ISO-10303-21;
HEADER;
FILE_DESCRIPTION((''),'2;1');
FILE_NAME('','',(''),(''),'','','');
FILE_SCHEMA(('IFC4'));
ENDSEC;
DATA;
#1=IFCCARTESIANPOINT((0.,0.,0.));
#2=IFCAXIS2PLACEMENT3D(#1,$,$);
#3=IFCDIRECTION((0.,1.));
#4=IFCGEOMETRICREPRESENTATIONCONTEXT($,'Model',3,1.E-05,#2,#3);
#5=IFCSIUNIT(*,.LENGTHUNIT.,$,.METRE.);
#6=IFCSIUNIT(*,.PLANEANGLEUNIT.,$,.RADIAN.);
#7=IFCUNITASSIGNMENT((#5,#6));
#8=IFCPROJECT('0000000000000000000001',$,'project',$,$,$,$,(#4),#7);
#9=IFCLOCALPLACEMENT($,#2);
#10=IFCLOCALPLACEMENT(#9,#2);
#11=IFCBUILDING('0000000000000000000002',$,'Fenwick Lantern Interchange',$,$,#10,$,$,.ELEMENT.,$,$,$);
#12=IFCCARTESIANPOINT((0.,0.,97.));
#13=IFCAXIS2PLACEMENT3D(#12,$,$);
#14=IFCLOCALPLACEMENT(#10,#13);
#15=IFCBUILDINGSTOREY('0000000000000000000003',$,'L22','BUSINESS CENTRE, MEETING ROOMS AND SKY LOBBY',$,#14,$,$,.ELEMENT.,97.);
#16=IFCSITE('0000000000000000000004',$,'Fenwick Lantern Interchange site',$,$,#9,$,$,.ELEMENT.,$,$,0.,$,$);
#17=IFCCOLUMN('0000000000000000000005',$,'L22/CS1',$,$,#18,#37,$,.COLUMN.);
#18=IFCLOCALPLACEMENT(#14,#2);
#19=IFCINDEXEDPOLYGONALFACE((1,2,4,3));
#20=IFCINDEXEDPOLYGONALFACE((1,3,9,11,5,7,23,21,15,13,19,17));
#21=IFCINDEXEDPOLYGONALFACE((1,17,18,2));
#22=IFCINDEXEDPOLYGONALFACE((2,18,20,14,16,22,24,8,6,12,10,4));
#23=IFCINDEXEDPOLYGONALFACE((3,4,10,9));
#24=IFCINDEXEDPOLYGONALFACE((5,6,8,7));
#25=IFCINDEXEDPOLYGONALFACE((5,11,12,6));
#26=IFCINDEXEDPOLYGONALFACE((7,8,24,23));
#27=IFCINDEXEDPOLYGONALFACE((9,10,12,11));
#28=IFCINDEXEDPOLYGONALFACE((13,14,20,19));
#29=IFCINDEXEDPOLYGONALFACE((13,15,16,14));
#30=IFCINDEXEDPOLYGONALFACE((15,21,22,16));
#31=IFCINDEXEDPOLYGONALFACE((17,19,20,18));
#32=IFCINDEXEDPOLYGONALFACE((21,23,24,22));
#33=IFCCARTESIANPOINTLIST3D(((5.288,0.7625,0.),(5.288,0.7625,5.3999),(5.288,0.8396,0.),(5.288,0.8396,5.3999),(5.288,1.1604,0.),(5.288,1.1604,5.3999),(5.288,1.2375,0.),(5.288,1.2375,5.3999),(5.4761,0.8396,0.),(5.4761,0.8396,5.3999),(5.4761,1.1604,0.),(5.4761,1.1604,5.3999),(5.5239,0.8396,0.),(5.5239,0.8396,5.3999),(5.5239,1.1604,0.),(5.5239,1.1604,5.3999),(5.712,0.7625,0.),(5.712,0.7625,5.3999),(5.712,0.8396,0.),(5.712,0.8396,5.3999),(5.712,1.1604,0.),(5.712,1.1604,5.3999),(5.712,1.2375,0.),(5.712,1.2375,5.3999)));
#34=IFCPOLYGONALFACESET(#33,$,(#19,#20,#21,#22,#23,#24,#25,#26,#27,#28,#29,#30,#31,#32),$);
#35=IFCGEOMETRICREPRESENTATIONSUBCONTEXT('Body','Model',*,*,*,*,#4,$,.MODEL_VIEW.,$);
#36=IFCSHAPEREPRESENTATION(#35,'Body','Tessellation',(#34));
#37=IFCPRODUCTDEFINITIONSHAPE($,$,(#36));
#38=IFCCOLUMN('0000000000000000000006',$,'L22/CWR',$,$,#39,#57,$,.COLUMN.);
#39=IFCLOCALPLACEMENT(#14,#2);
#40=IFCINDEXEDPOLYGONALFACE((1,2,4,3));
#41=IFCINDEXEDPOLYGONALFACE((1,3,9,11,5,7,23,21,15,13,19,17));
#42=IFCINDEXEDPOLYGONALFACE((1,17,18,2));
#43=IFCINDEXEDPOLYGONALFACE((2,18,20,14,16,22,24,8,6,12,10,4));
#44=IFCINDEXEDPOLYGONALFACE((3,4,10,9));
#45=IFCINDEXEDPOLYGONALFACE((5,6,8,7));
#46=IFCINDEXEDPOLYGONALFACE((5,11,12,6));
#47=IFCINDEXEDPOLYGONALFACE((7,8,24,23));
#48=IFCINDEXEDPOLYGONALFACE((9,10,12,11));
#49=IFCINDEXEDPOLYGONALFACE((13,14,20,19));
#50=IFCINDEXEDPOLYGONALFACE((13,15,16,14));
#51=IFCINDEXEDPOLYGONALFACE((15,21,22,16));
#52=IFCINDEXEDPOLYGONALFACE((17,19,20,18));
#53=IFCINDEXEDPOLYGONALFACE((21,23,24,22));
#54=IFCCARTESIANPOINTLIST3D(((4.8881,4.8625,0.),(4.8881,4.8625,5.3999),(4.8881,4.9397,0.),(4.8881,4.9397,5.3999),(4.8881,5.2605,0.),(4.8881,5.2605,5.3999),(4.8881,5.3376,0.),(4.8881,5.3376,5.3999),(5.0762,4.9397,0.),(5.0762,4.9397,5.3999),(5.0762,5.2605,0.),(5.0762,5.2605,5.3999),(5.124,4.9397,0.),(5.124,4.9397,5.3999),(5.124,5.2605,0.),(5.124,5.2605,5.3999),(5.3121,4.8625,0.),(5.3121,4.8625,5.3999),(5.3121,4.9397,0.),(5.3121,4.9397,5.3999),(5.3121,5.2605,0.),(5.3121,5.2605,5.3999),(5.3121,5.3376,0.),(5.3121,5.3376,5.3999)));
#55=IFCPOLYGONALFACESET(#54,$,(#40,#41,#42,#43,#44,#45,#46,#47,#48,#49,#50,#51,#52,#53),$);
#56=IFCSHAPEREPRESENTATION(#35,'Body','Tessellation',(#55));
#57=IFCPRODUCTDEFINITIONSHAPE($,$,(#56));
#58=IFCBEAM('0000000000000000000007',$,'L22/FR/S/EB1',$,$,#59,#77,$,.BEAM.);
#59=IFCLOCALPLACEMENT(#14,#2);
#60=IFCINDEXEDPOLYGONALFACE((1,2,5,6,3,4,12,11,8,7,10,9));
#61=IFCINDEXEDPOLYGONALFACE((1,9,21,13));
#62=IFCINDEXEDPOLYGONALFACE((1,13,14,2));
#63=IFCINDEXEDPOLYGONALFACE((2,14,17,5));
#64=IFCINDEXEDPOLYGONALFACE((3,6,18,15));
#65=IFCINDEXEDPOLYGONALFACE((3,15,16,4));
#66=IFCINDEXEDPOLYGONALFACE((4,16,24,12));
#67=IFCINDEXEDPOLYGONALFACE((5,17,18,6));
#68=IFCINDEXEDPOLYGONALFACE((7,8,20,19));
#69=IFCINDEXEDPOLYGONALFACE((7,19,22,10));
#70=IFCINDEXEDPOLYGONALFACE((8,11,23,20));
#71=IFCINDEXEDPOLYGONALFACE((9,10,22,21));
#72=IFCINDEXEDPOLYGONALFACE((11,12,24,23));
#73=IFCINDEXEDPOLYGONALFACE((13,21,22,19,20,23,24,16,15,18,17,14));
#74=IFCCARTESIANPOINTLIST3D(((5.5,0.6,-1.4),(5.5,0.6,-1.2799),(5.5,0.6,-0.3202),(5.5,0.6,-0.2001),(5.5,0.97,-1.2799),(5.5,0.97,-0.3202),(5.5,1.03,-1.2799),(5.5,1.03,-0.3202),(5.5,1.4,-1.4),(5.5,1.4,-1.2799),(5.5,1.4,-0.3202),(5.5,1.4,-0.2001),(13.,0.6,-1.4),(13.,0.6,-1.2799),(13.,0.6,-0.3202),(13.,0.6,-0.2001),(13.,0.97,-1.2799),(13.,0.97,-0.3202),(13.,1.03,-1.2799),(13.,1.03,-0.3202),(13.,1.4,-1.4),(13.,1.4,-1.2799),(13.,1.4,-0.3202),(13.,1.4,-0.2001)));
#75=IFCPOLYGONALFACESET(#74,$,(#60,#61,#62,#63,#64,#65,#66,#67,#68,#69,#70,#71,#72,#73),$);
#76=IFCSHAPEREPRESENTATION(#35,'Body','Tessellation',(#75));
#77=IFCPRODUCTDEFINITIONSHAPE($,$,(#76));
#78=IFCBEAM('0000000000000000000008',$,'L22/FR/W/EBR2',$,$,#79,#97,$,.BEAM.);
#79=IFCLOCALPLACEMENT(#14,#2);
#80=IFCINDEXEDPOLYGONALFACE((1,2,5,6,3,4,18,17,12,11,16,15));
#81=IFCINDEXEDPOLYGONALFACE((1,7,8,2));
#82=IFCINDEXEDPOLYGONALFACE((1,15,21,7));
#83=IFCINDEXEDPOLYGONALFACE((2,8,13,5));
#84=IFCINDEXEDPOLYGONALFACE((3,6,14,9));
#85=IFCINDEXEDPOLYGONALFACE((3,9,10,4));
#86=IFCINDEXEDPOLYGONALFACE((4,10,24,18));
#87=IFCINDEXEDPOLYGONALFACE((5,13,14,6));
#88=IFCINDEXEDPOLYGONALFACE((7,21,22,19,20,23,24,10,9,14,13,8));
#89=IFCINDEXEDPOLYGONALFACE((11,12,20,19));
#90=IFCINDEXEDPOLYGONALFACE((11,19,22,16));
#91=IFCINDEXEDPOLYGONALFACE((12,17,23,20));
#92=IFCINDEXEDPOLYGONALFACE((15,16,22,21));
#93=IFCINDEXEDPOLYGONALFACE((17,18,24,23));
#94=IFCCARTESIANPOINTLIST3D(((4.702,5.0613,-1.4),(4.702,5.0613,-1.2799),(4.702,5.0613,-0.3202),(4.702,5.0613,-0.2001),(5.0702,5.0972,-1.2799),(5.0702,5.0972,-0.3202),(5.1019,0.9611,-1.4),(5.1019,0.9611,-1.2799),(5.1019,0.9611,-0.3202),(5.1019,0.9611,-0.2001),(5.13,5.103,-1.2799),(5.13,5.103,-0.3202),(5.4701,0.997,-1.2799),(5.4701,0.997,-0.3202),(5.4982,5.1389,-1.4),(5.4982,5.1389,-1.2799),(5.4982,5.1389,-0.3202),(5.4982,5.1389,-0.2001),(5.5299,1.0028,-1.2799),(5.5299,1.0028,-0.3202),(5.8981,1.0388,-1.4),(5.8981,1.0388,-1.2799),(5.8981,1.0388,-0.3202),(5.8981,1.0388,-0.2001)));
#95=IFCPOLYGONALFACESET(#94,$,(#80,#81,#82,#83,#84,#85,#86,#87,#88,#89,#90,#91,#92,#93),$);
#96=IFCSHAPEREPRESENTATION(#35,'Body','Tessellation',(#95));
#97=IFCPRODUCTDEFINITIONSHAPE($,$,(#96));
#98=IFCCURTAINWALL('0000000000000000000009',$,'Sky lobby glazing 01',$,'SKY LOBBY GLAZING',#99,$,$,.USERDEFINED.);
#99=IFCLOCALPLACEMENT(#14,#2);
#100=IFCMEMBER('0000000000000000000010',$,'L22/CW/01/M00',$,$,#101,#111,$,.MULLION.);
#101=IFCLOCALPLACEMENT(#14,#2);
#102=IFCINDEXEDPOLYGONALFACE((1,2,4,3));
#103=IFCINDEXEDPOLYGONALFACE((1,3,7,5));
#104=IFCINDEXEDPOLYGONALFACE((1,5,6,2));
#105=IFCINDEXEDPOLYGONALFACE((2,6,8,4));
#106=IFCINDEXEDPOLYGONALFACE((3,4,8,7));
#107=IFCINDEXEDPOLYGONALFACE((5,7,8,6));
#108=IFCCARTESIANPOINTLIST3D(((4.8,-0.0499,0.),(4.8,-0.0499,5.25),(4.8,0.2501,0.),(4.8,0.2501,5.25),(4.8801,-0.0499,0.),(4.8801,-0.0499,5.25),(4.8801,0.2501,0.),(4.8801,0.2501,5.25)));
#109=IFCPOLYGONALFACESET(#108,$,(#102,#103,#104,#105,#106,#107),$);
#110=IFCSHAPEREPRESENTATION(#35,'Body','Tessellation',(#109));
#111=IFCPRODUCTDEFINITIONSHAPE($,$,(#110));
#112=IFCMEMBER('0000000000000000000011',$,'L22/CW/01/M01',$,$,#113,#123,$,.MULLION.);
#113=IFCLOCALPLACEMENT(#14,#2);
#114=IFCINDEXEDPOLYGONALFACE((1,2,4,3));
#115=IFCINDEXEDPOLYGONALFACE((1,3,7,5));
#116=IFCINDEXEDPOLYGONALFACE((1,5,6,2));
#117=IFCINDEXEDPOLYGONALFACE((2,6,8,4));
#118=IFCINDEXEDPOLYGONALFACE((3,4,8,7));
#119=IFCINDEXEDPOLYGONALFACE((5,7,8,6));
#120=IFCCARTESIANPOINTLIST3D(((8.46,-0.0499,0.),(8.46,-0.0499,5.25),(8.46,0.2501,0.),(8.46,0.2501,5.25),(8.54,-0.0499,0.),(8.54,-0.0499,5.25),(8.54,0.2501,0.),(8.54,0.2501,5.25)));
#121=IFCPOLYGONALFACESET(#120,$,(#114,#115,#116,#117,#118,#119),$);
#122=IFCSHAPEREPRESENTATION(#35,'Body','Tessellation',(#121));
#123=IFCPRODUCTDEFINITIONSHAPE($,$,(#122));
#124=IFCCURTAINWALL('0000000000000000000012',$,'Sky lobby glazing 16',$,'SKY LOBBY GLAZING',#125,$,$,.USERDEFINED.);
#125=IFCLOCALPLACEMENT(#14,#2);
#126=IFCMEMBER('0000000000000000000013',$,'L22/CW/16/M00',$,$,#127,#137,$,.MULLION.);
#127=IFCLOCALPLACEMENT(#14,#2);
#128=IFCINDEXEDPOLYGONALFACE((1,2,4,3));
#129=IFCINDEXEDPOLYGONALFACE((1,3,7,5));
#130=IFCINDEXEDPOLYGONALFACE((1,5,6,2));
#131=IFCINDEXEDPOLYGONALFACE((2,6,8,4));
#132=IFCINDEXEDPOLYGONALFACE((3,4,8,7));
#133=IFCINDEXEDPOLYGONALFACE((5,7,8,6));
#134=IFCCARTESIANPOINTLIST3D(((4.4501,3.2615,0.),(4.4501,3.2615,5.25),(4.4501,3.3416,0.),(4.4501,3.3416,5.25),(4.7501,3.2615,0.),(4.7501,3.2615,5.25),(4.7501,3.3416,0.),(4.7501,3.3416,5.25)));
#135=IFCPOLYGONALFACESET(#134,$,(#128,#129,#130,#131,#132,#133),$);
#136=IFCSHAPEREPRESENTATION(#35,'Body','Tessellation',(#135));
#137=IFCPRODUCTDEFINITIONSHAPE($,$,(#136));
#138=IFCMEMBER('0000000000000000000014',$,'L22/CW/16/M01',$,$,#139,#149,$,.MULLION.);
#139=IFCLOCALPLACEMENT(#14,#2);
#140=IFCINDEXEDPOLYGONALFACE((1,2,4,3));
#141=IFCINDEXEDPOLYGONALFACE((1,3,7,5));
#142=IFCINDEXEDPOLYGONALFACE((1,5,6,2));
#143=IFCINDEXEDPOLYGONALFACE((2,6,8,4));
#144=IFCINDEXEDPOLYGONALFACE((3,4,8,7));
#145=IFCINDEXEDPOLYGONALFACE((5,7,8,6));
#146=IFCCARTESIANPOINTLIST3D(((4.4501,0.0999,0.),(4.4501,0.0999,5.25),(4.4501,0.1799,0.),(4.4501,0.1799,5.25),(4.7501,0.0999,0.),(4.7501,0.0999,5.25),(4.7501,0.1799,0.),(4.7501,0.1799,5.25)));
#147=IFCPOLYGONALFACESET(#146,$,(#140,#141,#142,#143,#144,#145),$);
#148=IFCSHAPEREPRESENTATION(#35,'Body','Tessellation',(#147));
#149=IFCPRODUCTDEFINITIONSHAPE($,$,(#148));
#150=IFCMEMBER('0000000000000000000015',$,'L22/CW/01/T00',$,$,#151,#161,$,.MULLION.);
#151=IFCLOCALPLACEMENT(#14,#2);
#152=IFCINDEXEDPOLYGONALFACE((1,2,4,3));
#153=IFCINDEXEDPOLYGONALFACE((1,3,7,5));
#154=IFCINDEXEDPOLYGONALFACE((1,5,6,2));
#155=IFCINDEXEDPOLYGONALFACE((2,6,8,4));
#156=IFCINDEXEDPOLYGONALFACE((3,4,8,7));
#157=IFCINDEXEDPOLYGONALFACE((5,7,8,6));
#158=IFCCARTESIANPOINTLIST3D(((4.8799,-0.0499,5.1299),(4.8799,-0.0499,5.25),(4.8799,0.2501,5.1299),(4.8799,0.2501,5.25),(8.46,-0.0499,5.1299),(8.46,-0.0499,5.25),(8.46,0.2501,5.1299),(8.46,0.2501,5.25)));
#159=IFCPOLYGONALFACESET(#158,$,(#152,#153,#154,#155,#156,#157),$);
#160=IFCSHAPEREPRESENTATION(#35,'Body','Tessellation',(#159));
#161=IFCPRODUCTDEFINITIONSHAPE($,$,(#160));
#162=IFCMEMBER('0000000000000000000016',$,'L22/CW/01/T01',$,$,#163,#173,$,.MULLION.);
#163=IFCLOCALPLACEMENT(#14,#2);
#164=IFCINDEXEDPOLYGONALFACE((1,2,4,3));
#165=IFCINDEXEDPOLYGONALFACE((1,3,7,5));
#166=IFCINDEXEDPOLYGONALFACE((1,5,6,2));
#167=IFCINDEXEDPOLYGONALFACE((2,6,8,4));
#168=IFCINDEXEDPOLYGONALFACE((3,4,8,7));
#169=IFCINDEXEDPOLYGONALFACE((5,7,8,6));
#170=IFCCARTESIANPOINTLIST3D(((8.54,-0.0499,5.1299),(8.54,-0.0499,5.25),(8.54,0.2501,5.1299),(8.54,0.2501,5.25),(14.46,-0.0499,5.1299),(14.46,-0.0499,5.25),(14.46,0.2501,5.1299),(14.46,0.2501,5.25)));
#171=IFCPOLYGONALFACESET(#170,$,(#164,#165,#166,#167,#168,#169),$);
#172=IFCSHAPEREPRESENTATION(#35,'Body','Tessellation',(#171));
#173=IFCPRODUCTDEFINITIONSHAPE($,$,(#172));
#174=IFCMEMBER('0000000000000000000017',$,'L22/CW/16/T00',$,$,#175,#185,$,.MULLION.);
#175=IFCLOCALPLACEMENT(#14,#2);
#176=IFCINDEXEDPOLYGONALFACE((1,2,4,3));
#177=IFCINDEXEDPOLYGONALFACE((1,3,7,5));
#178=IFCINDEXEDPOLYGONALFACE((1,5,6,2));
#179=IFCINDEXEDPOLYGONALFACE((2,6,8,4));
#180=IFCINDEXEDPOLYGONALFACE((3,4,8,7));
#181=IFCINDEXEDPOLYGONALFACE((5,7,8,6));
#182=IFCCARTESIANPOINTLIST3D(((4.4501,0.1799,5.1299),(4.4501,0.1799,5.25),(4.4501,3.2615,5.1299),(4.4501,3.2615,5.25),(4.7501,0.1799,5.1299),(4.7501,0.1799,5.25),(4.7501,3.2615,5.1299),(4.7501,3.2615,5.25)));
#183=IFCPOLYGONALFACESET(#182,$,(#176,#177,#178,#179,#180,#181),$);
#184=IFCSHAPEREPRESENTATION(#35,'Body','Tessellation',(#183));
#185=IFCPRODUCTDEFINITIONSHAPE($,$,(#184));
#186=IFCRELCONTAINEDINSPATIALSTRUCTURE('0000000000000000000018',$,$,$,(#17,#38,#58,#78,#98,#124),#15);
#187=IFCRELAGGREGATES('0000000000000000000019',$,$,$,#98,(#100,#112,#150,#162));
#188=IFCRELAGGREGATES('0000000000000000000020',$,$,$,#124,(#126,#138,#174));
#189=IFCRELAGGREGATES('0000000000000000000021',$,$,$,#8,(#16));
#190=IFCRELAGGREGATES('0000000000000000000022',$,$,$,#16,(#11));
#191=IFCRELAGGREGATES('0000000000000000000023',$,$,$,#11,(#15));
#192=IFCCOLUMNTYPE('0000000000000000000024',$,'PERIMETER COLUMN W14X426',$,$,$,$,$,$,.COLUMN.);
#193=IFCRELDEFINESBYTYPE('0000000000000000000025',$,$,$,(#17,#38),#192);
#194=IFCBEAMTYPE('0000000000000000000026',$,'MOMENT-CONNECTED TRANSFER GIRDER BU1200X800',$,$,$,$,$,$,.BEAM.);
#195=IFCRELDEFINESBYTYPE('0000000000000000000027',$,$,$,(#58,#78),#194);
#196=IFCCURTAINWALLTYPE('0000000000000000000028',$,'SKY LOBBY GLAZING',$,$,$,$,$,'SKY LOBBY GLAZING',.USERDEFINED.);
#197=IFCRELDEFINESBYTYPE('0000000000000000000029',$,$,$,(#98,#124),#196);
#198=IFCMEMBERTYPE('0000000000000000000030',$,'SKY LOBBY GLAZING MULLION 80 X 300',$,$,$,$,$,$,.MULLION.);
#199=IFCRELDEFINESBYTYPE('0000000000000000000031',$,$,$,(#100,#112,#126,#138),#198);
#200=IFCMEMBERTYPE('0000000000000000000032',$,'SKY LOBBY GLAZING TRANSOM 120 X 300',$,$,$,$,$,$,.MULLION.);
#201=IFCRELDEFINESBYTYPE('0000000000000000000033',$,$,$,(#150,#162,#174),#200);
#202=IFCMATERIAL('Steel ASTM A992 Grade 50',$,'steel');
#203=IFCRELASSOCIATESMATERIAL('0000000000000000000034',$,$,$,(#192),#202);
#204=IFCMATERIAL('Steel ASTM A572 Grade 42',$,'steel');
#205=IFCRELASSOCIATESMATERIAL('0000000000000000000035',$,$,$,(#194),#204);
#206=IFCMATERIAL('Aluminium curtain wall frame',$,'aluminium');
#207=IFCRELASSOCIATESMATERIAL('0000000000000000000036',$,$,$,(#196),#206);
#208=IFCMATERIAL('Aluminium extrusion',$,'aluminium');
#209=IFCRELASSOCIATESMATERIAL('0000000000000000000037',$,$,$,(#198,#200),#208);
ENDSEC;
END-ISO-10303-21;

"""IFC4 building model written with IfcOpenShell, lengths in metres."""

from ifc_helpers import new_model, si_unit, direction, frame, origin, origin_2d, place, context, subcontext, project, spatial, rectangle, i_section, extrude, material, material_profile, profile_set, type_object, element, aggregate, save


model = new_model("IFC4")

# Units and contexts
model_context = context("Model", 3, precision=1e-05, world=origin(), true_north=direction((0.0, 1.0)))
body_context = subcontext(model_context, "Body", "Model", "MODEL_VIEW")
ifc_project = project(units=[si_unit("LENGTHUNIT", "METRE"), si_unit("PLANEANGLEUNIT", "RADIAN")], contexts=[model_context])

# Site, building, storey
site_placement = place(None, origin())
site = spatial("IfcSite", under=ifc_project, at=site_placement, Name="Fenwick Lantern Interchange site", CompositionType="ELEMENT", RefElevation=0.0)
building_placement = place(site_placement, origin())
building = spatial("IfcBuilding", under=site, at=building_placement, Name="Fenwick Lantern Interchange", CompositionType="ELEMENT")
storey_placement = place(building_placement, frame((0.0, 0.0, 97.0)))
storey = spatial("IfcBuildingStorey", under=building, at=storey_placement, Name="L22", Description="BUSINESS CENTRE, MEETING ROOMS AND SKY LOBBY", CompositionType="ELEMENT", Elevation=97.0)

# Columns
ifc_material_1 = material(Name="Steel ASTM A992 Grade 50", Category="steel")
ifc_material_profile_1 = material_profile(ifc_material_1, i_section(OverallWidth=0.4241, OverallDepth=0.4751, WebThickness=0.0479, FlangeThickness=0.0771, at=origin_2d()), Name="W14X426")
ifc_profile_set_1 = profile_set([ifc_material_profile_1], Name="Steel ASTM A992 Grade 50")
column_type = type_object("IfcColumnType", Name="PERIMETER COLUMN W14X426", PredefinedType="COLUMN", material=ifc_profile_set_1)
for number, where, z_axis, x_axis, name in (
    (1, (5.5, 1.0, 0.0), (0.0, 0.0, 1.0), (1.0, 0.0, 0.0), "L22/CS1"),
    (2, (5.1001, 5.1001, 0.0), (0.0, 0.0, 1.0), (1.0, 0.0, 0.0), "L22/CWR"),
):
    element("IfcColumn", number, at=place(storey_placement, frame(where, z_axis=z_axis, x_axis=x_axis)), inside=storey, type_object=column_type, Name=name, PredefinedType="COLUMN", context=body_context, shape_type="SweptSolid", body=[
        extrude(i_section(OverallWidth=0.4241, OverallDepth=0.4751, WebThickness=0.0479, FlangeThickness=0.0771, at=origin_2d()), origin(), (0.0, 0.0, 1.0), 5.3999),
    ])

# Beams
ifc_material_2 = material(Name="Steel ASTM A572 Grade 42", Category="steel")
ifc_material_profile_2 = material_profile(ifc_material_2, i_section(OverallWidth=0.8, OverallDepth=1.2, WebThickness=0.0601, FlangeThickness=0.1201, at=origin_2d()), Name="BU1200X800")
ifc_profile_set_2 = profile_set([ifc_material_profile_2], Name="Steel ASTM A572 Grade 42")
beam_type = type_object("IfcBeamType", Name="MOMENT-CONNECTED TRANSFER GIRDER BU1200X800", PredefinedType="BEAM", material=ifc_profile_set_2)
beam_1_placement = place(storey_placement, frame((5.5, 1.0, -0.8), z_axis=(1.0, 0.0, 0.0), x_axis=(0.0, 1.0, 0.0)))
element("IfcBeam", 3, at=beam_1_placement, inside=storey, type_object=beam_type, Name="L22/FR/S/EB1", PredefinedType="BEAM", context=body_context, shape_type="SweptSolid", body=[
    extrude(i_section(OverallWidth=0.8, OverallDepth=1.2, WebThickness=0.0601, FlangeThickness=0.1201, at=origin_2d()), origin(), (0.0, 0.0, 1.0), 7.5),
])
beam_2_placement = place(storey_placement, frame((5.1001, 5.1001, -0.8), z_axis=(0.097074, -0.995277, 0.0), x_axis=(0.995277, 0.097074, 0.0)))
element("IfcBeam", 4, at=beam_2_placement, inside=storey, type_object=beam_type, Name="L22/FR/W/EBR2", PredefinedType="BEAM", context=body_context, shape_type="SweptSolid", body=[
    extrude(i_section(OverallWidth=0.8, OverallDepth=1.2, WebThickness=0.0601, FlangeThickness=0.1201, at=origin_2d()), origin(), (0.0, 0.0, 1.0), 4.1196),
])

# Curtain walls, members
ifc_material_3 = material(Name="Aluminium curtain wall frame", Category="aluminium")
curtain_wall_type = type_object("IfcCurtainWallType", Name="SKY LOBBY GLAZING", ElementType="SKY LOBBY GLAZING", PredefinedType="USERDEFINED", material=ifc_material_3)
curtain_wall_1_placement = place(storey_placement, origin())
curtain_wall_1 = element("IfcCurtainWall", 5, at=curtain_wall_1_placement, inside=storey, type_object=curtain_wall_type, Name="Sky lobby glazing 01", ObjectType="SKY LOBBY GLAZING", PredefinedType="USERDEFINED")
ifc_material_4 = material(Name="Aluminium extrusion", Category="aluminium")
ifc_material_profile_3 = material_profile(ifc_material_4, rectangle(XDim=0.3, YDim=0.0801, at=origin_2d()), Name="SKY LOBBY GLAZING MULLION 80 X 300")
ifc_profile_set_3 = profile_set([ifc_material_profile_3], Name="Aluminium extrusion")
member_type_1 = type_object("IfcMemberType", Name="SKY LOBBY GLAZING MULLION 80 X 300", PredefinedType="MULLION", material=ifc_profile_set_3)
member_1_placement = place(storey_placement, frame((4.8401, 0.1001, 0.0), z_axis=(0.0, 0.0, 1.0), x_axis=(0.0, 1.0, 0.0)))
member_1 = element("IfcMember", 6, at=member_1_placement, type_object=member_type_1, Name="L22/CW/01/M00", PredefinedType="MULLION", context=body_context, shape_type="SweptSolid", body=[
    extrude(rectangle(XDim=0.3, YDim=0.0801, at=origin_2d()), origin(), (0.0, 0.0, 1.0), 5.25),
])
member_2_placement = place(storey_placement, frame((8.5, 0.1001, 0.0), z_axis=(0.0, 0.0, 1.0), x_axis=(0.0, 1.0, 0.0)))
member_2 = element("IfcMember", 7, at=member_2_placement, type_object=member_type_1, Name="L22/CW/01/M01", PredefinedType="MULLION", context=body_context, shape_type="SweptSolid", body=[
    extrude(rectangle(XDim=0.3, YDim=0.0801, at=origin_2d()), origin(), (0.0, 0.0, 1.0), 5.25),
])
curtain_wall_2_placement = place(storey_placement, origin())
curtain_wall_2 = element("IfcCurtainWall", 8, at=curtain_wall_2_placement, inside=storey, type_object=curtain_wall_type, Name="Sky lobby glazing 16", ObjectType="SKY LOBBY GLAZING", PredefinedType="USERDEFINED")
member_3_placement = place(storey_placement, frame((4.6001, 3.3015, 0.0), z_axis=(0.0, 0.0, 1.0), x_axis=(1.0, 0.0, 0.0)))
member_3 = element("IfcMember", 9, at=member_3_placement, type_object=member_type_1, Name="L22/CW/16/M00", PredefinedType="MULLION", context=body_context, shape_type="SweptSolid", body=[
    extrude(rectangle(XDim=0.3, YDim=0.0801, at=origin_2d()), origin(), (0.0, 0.0, 1.0), 5.25),
])
member_4_placement = place(storey_placement, frame((4.6001, 0.1399, 0.0), z_axis=(0.0, 0.0, 1.0), x_axis=(1.0, 0.0, 0.0)))
member_4 = element("IfcMember", 10, at=member_4_placement, type_object=member_type_1, Name="L22/CW/16/M01", PredefinedType="MULLION", context=body_context, shape_type="SweptSolid", body=[
    extrude(rectangle(XDim=0.3, YDim=0.0801, at=origin_2d()), origin(), (0.0, 0.0, 1.0), 5.25),
])

# Members
ifc_material_profile_4 = material_profile(ifc_material_4, rectangle(XDim=0.3, YDim=0.1201, at=origin_2d()), Name="SKY LOBBY GLAZING TRANSOM 120 X 300")
ifc_profile_set_4 = profile_set([ifc_material_profile_4], Name="Aluminium extrusion")
member_type_2 = type_object("IfcMemberType", Name="SKY LOBBY GLAZING TRANSOM 120 X 300", PredefinedType="MULLION", material=ifc_profile_set_4)
member_5_placement = place(storey_placement, frame((4.8799, 0.1001, 5.1899), z_axis=(1.0, 0.0, 0.0), x_axis=(0.0, 1.0, 0.0)))
member_5 = element("IfcMember", 11, at=member_5_placement, type_object=member_type_2, Name="L22/CW/01/T00", PredefinedType="MULLION", context=body_context, shape_type="SweptSolid", body=[
    extrude(rectangle(XDim=0.3, YDim=0.1201, at=origin_2d()), origin(), (0.0, 0.0, 1.0), 3.5801),
])
member_6_placement = place(storey_placement, frame((8.54, 0.1001, 5.1899), z_axis=(1.0, 0.0, 0.0), x_axis=(0.0, 1.0, 0.0)))
member_6 = element("IfcMember", 12, at=member_6_placement, type_object=member_type_2, Name="L22/CW/01/T01", PredefinedType="MULLION", context=body_context, shape_type="SweptSolid", body=[
    extrude(rectangle(XDim=0.3, YDim=0.1201, at=origin_2d()), origin(), (0.0, 0.0, 1.0), 5.9199),
])
member_7_placement = place(storey_placement, frame((4.6001, 3.2615, 5.1899), z_axis=(0.0, -1.0, 0.0), x_axis=(1.0, 0.0, 0.0)))
member_7 = element("IfcMember", 13, at=member_7_placement, type_object=member_type_2, Name="L22/CW/16/T00", PredefinedType="MULLION", context=body_context, shape_type="SweptSolid", body=[
    extrude(rectangle(XDim=0.3, YDim=0.1201, at=origin_2d()), origin(), (0.0, 0.0, 1.0), 3.0815),
])

aggregate(curtain_wall_1, [member_1, member_2, member_5, member_6])
aggregate(curtain_wall_2, [member_3, member_4, member_7])

save(model, "model.ifc")
